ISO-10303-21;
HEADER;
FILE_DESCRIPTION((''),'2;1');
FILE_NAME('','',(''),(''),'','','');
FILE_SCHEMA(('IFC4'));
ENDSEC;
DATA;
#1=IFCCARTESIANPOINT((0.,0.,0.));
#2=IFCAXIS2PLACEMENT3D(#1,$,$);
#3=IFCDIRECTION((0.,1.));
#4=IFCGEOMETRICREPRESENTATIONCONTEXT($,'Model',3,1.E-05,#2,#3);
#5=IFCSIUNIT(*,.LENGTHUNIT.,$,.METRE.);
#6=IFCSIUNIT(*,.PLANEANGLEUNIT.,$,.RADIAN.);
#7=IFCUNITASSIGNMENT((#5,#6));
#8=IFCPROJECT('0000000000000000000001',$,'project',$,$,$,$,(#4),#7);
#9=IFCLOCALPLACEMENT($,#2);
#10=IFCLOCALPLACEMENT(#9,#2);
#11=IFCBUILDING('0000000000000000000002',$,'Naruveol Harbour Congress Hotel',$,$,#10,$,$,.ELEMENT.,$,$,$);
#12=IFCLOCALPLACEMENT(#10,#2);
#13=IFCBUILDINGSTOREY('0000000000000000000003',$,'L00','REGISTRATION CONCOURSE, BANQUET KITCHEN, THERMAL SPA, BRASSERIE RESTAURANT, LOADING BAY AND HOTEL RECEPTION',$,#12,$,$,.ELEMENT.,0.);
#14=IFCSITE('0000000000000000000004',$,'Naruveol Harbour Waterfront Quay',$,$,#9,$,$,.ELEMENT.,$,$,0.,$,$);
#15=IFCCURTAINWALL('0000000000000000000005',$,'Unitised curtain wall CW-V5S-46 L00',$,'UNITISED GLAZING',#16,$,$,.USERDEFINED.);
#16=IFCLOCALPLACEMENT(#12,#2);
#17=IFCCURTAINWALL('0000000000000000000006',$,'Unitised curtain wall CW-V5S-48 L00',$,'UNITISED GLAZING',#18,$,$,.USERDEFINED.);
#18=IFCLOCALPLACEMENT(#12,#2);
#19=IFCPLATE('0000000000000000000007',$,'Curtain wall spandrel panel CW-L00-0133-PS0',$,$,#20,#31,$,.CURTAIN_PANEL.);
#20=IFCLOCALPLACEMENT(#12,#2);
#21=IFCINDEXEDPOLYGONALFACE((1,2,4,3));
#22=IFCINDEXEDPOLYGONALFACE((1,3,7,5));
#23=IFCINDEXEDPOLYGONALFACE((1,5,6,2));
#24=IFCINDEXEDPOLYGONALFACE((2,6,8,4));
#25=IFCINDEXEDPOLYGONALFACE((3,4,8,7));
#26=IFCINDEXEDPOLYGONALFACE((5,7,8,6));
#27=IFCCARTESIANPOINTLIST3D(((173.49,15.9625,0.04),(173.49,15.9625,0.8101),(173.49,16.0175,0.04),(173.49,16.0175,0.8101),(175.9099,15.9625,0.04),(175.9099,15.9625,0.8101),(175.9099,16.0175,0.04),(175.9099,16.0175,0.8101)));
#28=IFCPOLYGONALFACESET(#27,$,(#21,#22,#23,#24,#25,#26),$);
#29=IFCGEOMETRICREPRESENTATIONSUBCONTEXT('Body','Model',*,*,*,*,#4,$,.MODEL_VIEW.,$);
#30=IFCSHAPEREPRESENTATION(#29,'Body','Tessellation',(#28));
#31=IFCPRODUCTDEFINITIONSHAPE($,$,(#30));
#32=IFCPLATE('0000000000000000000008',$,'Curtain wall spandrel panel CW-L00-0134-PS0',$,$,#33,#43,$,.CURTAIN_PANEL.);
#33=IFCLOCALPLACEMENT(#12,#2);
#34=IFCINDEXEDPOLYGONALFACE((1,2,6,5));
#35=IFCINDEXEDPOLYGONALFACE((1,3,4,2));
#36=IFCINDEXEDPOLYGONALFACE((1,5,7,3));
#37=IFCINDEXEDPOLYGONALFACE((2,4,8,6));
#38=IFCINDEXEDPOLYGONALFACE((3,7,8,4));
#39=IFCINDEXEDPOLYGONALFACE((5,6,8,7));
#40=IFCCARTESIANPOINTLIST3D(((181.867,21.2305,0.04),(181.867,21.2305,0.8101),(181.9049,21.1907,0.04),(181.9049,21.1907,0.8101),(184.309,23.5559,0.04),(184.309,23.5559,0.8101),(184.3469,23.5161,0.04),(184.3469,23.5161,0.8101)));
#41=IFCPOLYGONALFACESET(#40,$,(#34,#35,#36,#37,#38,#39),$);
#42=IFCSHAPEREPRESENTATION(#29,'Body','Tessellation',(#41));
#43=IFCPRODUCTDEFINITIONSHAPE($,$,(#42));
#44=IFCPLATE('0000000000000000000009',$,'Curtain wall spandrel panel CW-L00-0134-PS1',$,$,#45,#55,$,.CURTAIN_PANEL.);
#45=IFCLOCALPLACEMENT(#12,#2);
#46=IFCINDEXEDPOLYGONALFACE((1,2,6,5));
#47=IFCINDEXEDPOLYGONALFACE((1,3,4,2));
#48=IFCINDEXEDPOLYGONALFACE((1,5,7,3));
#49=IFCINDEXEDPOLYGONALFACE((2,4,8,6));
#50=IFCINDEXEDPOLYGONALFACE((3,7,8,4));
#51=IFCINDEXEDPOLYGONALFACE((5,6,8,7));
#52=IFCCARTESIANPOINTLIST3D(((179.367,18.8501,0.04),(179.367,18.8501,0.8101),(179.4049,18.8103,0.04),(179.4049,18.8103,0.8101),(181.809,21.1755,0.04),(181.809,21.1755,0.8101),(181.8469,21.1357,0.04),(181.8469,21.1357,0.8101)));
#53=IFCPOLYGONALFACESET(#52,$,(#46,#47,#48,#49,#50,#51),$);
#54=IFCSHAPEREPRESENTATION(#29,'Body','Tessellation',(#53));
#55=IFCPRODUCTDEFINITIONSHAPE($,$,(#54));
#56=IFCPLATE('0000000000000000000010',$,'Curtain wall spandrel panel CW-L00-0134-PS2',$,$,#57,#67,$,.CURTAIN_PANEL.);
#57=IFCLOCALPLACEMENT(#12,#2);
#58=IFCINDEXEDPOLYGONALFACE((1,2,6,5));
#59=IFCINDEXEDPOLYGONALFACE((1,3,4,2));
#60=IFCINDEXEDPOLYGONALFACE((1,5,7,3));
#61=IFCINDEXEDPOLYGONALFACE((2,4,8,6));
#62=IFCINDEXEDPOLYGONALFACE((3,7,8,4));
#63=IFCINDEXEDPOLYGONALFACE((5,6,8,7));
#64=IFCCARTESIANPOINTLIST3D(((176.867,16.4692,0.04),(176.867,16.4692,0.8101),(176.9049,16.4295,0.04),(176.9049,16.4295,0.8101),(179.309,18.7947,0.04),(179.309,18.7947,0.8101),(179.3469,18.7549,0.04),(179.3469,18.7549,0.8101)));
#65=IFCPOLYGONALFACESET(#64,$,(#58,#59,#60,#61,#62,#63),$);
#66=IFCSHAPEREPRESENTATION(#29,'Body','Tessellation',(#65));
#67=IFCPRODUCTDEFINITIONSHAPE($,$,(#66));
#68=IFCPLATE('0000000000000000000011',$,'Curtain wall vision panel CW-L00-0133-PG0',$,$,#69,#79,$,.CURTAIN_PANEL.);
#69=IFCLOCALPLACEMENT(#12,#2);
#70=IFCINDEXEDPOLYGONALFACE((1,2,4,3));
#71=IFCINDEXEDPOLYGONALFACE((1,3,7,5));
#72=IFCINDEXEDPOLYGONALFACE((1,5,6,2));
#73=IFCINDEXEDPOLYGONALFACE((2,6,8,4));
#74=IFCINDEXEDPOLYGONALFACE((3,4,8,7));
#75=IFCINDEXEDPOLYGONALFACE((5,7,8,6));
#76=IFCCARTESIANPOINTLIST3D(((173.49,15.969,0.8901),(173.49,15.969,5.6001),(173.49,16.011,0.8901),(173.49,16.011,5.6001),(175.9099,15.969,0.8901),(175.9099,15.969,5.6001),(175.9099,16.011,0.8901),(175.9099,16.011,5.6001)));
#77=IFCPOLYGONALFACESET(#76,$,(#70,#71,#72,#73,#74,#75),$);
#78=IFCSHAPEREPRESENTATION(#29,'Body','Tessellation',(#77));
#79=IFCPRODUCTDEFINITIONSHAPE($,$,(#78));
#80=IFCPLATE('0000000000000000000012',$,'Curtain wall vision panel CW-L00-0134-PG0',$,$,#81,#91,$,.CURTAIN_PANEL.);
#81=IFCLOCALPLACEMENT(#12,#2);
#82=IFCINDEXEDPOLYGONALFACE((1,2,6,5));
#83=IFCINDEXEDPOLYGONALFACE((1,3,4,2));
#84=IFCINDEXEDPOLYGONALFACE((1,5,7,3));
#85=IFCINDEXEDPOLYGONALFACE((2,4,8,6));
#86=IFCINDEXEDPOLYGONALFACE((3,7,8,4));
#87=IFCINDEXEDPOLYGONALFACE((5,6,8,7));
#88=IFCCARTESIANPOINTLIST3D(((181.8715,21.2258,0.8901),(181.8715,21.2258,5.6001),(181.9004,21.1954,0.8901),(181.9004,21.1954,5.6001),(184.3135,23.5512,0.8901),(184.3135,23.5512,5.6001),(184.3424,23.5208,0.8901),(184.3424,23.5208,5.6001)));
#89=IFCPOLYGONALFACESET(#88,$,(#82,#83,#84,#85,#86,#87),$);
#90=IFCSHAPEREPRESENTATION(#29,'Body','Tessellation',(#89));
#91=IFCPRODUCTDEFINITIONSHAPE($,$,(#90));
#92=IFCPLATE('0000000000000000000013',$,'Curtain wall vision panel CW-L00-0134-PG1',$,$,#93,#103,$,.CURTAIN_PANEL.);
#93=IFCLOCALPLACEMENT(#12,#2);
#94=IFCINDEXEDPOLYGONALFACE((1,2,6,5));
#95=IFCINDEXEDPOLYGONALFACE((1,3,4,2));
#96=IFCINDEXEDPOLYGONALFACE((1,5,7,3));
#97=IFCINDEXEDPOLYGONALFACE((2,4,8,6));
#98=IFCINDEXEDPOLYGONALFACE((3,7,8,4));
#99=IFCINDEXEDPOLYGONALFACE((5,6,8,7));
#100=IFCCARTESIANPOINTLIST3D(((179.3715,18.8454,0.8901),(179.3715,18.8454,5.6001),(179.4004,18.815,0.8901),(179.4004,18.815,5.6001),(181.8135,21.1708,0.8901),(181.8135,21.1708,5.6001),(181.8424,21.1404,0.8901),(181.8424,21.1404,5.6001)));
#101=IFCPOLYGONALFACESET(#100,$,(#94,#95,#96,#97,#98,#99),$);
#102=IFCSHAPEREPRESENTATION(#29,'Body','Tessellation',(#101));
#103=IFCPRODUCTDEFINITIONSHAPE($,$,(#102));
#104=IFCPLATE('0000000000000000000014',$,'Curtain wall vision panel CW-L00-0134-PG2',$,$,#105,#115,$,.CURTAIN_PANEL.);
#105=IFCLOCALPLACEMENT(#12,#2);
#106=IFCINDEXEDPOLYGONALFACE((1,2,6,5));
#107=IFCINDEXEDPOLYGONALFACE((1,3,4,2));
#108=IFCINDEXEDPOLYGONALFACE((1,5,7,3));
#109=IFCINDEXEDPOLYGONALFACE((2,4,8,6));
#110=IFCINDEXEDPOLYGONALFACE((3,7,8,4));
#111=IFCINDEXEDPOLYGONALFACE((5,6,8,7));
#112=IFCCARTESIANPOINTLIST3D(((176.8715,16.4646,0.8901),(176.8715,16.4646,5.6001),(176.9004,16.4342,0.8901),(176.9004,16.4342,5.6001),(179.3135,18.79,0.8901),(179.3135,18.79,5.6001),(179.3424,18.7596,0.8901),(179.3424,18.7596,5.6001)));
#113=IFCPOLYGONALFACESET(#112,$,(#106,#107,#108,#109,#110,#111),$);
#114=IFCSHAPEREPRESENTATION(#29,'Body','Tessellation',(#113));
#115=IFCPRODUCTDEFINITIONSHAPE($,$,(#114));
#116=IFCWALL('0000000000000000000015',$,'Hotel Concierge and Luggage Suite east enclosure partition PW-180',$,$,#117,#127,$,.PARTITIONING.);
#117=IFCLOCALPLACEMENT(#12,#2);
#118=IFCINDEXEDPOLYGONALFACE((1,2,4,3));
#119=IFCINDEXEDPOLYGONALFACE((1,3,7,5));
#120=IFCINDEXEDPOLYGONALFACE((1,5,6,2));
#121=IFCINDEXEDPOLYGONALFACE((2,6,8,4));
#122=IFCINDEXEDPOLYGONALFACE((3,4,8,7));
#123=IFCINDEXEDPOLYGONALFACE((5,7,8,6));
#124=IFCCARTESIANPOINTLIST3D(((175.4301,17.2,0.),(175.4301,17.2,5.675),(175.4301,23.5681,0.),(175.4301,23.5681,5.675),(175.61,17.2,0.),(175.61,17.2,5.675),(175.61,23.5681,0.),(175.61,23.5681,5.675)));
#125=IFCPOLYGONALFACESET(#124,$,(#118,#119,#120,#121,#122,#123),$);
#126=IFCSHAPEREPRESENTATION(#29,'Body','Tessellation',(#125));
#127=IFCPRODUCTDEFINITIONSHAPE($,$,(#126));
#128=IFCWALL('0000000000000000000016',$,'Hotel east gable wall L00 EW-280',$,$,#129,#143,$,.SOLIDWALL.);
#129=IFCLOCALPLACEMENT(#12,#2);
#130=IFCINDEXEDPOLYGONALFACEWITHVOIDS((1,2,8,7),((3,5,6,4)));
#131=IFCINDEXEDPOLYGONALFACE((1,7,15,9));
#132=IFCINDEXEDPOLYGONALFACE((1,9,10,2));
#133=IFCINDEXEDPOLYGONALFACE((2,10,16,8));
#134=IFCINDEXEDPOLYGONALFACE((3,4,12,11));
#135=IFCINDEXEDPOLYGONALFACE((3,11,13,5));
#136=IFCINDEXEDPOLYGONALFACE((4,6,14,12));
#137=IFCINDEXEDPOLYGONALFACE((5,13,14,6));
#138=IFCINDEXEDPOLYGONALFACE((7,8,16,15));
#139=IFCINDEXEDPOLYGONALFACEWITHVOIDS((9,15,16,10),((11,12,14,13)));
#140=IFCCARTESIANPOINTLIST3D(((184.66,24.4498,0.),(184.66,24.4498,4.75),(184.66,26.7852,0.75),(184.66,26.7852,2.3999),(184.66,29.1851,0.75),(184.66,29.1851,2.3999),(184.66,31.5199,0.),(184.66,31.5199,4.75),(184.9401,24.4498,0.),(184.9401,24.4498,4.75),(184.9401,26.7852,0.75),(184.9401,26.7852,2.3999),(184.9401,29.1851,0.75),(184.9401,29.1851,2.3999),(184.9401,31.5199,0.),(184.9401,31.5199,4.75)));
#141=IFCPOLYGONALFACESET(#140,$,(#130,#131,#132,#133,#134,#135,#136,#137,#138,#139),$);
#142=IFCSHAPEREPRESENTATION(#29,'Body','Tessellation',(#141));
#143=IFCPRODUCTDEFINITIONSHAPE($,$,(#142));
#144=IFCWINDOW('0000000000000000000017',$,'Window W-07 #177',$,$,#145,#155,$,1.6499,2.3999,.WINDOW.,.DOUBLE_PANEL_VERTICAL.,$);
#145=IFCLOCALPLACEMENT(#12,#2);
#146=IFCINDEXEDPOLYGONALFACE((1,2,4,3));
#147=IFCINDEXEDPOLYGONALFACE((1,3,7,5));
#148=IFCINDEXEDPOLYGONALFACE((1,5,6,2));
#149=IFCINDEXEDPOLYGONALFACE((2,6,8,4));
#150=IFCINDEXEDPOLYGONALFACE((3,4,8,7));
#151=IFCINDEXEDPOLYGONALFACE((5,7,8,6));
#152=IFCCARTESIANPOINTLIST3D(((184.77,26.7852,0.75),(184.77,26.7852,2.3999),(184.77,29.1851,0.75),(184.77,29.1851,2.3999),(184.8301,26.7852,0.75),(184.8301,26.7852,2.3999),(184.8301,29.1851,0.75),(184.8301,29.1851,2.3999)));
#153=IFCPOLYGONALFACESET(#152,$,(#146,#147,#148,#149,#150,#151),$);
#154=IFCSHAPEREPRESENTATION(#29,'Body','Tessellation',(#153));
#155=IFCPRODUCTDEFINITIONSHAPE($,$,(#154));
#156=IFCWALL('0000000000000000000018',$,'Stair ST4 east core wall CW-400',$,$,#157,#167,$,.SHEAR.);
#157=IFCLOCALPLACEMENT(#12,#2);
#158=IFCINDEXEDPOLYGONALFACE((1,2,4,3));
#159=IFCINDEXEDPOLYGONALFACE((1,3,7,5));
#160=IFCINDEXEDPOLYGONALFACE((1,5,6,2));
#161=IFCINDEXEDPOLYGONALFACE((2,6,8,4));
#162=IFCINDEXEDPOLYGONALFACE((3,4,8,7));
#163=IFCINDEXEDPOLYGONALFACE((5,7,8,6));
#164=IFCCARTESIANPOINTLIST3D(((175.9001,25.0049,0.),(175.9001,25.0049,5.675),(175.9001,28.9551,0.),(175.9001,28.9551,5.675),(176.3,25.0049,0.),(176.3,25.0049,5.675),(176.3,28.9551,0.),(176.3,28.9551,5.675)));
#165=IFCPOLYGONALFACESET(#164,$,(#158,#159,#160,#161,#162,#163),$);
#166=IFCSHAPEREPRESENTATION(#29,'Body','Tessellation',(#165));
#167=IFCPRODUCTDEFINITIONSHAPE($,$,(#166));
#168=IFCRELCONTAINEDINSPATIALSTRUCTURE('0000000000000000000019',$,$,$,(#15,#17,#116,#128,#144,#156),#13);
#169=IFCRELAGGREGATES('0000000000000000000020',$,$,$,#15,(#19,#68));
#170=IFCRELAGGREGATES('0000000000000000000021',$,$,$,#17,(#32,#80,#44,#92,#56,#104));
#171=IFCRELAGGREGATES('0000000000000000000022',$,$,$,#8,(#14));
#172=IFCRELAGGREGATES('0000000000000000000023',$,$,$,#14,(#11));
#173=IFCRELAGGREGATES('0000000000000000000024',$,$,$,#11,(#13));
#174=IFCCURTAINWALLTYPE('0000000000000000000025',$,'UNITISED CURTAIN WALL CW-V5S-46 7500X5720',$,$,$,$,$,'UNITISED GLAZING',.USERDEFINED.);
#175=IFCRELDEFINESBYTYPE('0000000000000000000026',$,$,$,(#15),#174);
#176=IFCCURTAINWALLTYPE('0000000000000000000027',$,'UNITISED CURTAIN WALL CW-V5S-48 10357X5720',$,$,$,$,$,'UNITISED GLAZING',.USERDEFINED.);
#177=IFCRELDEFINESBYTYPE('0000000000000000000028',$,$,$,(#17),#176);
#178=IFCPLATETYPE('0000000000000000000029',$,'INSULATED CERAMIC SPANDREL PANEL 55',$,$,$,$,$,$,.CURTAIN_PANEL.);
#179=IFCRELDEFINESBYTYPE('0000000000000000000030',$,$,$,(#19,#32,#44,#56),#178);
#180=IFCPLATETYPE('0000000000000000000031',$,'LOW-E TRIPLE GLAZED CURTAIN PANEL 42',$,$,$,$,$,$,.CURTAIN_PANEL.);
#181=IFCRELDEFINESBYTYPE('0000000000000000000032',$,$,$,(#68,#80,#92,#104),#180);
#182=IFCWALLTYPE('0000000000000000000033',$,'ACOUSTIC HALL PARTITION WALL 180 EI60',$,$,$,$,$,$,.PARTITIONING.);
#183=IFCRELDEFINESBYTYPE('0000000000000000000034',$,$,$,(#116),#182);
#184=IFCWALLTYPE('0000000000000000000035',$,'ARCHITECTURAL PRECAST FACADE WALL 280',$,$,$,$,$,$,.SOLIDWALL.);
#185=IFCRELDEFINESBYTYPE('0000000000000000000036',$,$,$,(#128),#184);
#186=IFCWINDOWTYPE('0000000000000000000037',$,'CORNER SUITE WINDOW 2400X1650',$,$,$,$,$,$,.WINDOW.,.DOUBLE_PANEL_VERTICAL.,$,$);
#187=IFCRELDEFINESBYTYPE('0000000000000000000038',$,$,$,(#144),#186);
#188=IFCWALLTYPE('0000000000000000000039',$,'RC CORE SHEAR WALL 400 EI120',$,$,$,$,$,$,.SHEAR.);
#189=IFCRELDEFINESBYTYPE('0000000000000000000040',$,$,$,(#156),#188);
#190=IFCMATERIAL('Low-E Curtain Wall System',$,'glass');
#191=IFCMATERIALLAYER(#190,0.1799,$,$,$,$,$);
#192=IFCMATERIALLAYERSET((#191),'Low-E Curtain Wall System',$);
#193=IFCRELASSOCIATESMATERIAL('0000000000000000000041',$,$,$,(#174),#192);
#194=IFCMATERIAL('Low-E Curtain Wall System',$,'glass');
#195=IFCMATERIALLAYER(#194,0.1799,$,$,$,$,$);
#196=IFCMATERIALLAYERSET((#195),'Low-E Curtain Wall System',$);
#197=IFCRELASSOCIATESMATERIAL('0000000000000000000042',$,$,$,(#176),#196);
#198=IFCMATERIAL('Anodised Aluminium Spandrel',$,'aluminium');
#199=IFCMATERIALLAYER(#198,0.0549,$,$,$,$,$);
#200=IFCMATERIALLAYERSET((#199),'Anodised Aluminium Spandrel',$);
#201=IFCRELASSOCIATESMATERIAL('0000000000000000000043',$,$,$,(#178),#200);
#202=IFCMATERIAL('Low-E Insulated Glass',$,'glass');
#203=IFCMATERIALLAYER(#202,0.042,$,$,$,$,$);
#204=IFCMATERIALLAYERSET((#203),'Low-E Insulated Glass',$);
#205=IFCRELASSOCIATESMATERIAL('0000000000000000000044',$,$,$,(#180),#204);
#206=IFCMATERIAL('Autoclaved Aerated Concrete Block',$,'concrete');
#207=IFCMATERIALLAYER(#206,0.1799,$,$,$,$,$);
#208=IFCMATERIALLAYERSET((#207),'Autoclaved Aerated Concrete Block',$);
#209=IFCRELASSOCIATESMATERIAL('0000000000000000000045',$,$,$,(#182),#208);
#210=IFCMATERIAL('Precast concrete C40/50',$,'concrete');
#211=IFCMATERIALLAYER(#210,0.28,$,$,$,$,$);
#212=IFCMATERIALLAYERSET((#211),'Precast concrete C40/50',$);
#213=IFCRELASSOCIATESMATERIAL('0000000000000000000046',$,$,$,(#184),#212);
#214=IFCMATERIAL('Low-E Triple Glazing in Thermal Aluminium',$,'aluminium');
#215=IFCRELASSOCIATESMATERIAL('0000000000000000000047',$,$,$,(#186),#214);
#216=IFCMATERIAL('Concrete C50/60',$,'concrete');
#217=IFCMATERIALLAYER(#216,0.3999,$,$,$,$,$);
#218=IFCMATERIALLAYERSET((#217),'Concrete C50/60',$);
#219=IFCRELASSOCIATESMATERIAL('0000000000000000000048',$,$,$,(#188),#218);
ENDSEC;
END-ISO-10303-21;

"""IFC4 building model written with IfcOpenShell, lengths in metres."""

from ifc_helpers import new_model, si_unit, direction, frame, frame_2d, origin, origin_2d, place, context, subcontext, project, spatial, rectangle, extrude, material, layer, layer_set, type_object, element, fill, aggregate, save


model = new_model("IFC4")

# Units and contexts
model_context = context("Model", 3, precision=1e-05, world=origin(), true_north=direction((0.0, 1.0)))
body_context = subcontext(model_context, "Body", "Model", "MODEL_VIEW")
ifc_project = project(units=[si_unit("LENGTHUNIT", "METRE"), si_unit("PLANEANGLEUNIT", "RADIAN")], contexts=[model_context])

# Site, building, storey
site_placement = place(None, origin())
site = spatial("IfcSite", under=ifc_project, at=site_placement, Name="Naruveol Harbour Waterfront Quay", CompositionType="ELEMENT", RefElevation=0.0)
building_placement = place(site_placement, origin())
building = spatial("IfcBuilding", under=site, at=building_placement, Name="Naruveol Harbour Congress Hotel", CompositionType="ELEMENT")
storey_placement = place(building_placement, origin())
storey = spatial("IfcBuildingStorey", under=building, at=storey_placement, Name="L00", Description="REGISTRATION CONCOURSE, BANQUET KITCHEN, THERMAL SPA, BRASSERIE RESTAURANT, LOADING BAY AND HOTEL RECEPTION", CompositionType="ELEMENT", Elevation=0.0)

# Curtain wall
ifc_material_1 = material(Name="Low-E Curtain Wall System", Category="glass")
ifc_layer_1 = layer(ifc_material_1, 0.1799)
ifc_layer_set_1 = layer_set([ifc_layer_1], Name="Low-E Curtain Wall System")
curtain_wall_type_1 = type_object("IfcCurtainWallType", Name="UNITISED CURTAIN WALL CW-V5S-46 7500X5720", ElementType="UNITISED GLAZING", PredefinedType="USERDEFINED", material=ifc_layer_set_1)
curtain_wall_1_placement = place(storey_placement, origin())
curtain_wall_1 = element("IfcCurtainWall", 1, at=curtain_wall_1_placement, inside=storey, type_object=curtain_wall_type_1, Name="Unitised curtain wall CW-V5S-46 L00", ObjectType="UNITISED GLAZING", PredefinedType="USERDEFINED")

# Curtain wall
ifc_material_2 = material(Name="Low-E Curtain Wall System", Category="glass")
ifc_layer_2 = layer(ifc_material_2, 0.1799)
ifc_layer_set_2 = layer_set([ifc_layer_2], Name="Low-E Curtain Wall System")
curtain_wall_type_2 = type_object("IfcCurtainWallType", Name="UNITISED CURTAIN WALL CW-V5S-48 10357X5720", ElementType="UNITISED GLAZING", PredefinedType="USERDEFINED", material=ifc_layer_set_2)
curtain_wall_2_placement = place(storey_placement, origin())
curtain_wall_2 = element("IfcCurtainWall", 2, at=curtain_wall_2_placement, inside=storey, type_object=curtain_wall_type_2, Name="Unitised curtain wall CW-V5S-48 L00", ObjectType="UNITISED GLAZING", PredefinedType="USERDEFINED")

# Plates
ifc_material_3 = material(Name="Anodised Aluminium Spandrel", Category="aluminium")
ifc_layer_3 = layer(ifc_material_3, 0.0549)
ifc_layer_set_3 = layer_set([ifc_layer_3], Name="Anodised Aluminium Spandrel")
plate_type_1 = type_object("IfcPlateType", Name="INSULATED CERAMIC SPANDREL PANEL 55", PredefinedType="CURTAIN_PANEL", material=ifc_layer_set_3)
plate_1_placement = place(storey_placement, frame((174.7, 15.99, 0.04), z_axis=(0.0, 0.0, 1.0), x_axis=(-1.0, 0.0, 0.0)))
plate_1 = element("IfcPlate", 3, at=plate_1_placement, type_object=plate_type_1, Name="Curtain wall spandrel panel CW-L00-0133-PS0", PredefinedType="CURTAIN_PANEL", context=body_context, shape_type="SweptSolid", body=[
    extrude(rectangle(XDim=2.4199, YDim=0.0549, at=origin_2d()), origin(), (0.0, 0.0, 1.0), 0.77),
])
plate_2_placement = place(storey_placement, frame((183.1069, 22.3733, 0.04), z_axis=(0.0, 0.0, 1.0), x_axis=(-0.724184, -0.689607, 0.0)))
plate_2 = element("IfcPlate", 4, at=plate_2_placement, type_object=plate_type_1, Name="Curtain wall spandrel panel CW-L00-0134-PS0", PredefinedType="CURTAIN_PANEL", context=body_context, shape_type="SweptSolid", body=[
    extrude(rectangle(XDim=3.3721, YDim=0.0549, at=origin_2d()), origin(), (0.0, 0.0, 1.0), 0.77),
])
plate_3_placement = place(storey_placement, frame((180.6069, 19.9929, 0.04), z_axis=(0.0, 0.0, 1.0), x_axis=(-0.724184, -0.689607, 0.0)))
plate_3 = element("IfcPlate", 5, at=plate_3_placement, type_object=plate_type_1, Name="Curtain wall spandrel panel CW-L00-0134-PS1", PredefinedType="CURTAIN_PANEL", context=body_context, shape_type="SweptSolid", body=[
    extrude(rectangle(XDim=3.3721, YDim=0.0549, at=origin_2d()), origin(), (0.0, 0.0, 1.0), 0.77),
])
plate_4_placement = place(storey_placement, frame((178.1069, 17.6121, 0.04), z_axis=(0.0, 0.0, 1.0), x_axis=(-0.724184, -0.689607, 0.0)))
plate_4 = element("IfcPlate", 6, at=plate_4_placement, type_object=plate_type_1, Name="Curtain wall spandrel panel CW-L00-0134-PS2", PredefinedType="CURTAIN_PANEL", context=body_context, shape_type="SweptSolid", body=[
    extrude(rectangle(XDim=3.3721, YDim=0.0549, at=origin_2d()), origin(), (0.0, 0.0, 1.0), 0.77),
])
ifc_material_4 = material(Name="Low-E Insulated Glass", Category="glass")
ifc_layer_4 = layer(ifc_material_4, 0.042)
ifc_layer_set_4 = layer_set([ifc_layer_4], Name="Low-E Insulated Glass")
plate_type_2 = type_object("IfcPlateType", Name="LOW-E TRIPLE GLAZED CURTAIN PANEL 42", PredefinedType="CURTAIN_PANEL", material=ifc_layer_set_4)
plate_5_placement = place(storey_placement, frame((174.7, 15.99, 0.8901), z_axis=(0.0, 0.0, 1.0), x_axis=(-1.0, 0.0, 0.0)))
plate_5 = element("IfcPlate", 7, at=plate_5_placement, type_object=plate_type_2, Name="Curtain wall vision panel CW-L00-0133-PG0", PredefinedType="CURTAIN_PANEL", context=body_context, shape_type="SweptSolid", body=[
    extrude(rectangle(XDim=2.4199, YDim=0.042, at=origin_2d()), origin(), (0.0, 0.0, 1.0), 4.71),
])
aggregate(curtain_wall_1, [plate_1, plate_5])
plate_6_placement = place(storey_placement, frame((183.1069, 22.3733, 0.8901), z_axis=(0.0, 0.0, 1.0), x_axis=(-0.724184, -0.689607, 0.0)))
plate_6 = element("IfcPlate", 8, at=plate_6_placement, type_object=plate_type_2, Name="Curtain wall vision panel CW-L00-0134-PG0", PredefinedType="CURTAIN_PANEL", context=body_context, shape_type="SweptSolid", body=[
    extrude(rectangle(XDim=3.3721, YDim=0.042, at=origin_2d()), origin(), (0.0, 0.0, 1.0), 4.71),
])
plate_7_placement = place(storey_placement, frame((180.6069, 19.9929, 0.8901), z_axis=(0.0, 0.0, 1.0), x_axis=(-0.724184, -0.689607, 0.0)))
plate_7 = element("IfcPlate", 9, at=plate_7_placement, type_object=plate_type_2, Name="Curtain wall vision panel CW-L00-0134-PG1", PredefinedType="CURTAIN_PANEL", context=body_context, shape_type="SweptSolid", body=[
    extrude(rectangle(XDim=3.3721, YDim=0.042, at=origin_2d()), origin(), (0.0, 0.0, 1.0), 4.71),
])
plate_8_placement = place(storey_placement, frame((178.1069, 17.6121, 0.8901), z_axis=(0.0, 0.0, 1.0), x_axis=(-0.724184, -0.689607, 0.0)))
plate_8 = element("IfcPlate", 10, at=plate_8_placement, type_object=plate_type_2, Name="Curtain wall vision panel CW-L00-0134-PG2", PredefinedType="CURTAIN_PANEL", context=body_context, shape_type="SweptSolid", body=[
    extrude(rectangle(XDim=3.3721, YDim=0.042, at=origin_2d()), origin(), (0.0, 0.0, 1.0), 4.71),
])
aggregate(curtain_wall_2, [plate_2, plate_6, plate_3, plate_7, plate_4, plate_8])

# Wall
ifc_material_5 = material(Name="Autoclaved Aerated Concrete Block", Category="concrete")
ifc_layer_5 = layer(ifc_material_5, 0.1799)
ifc_layer_set_5 = layer_set([ifc_layer_5], Name="Autoclaved Aerated Concrete Block")
wall_type_1 = type_object("IfcWallType", Name="ACOUSTIC HALL PARTITION WALL 180 EI60", PredefinedType="PARTITIONING", material=ifc_layer_set_5)
wall_1_placement = place(storey_placement, frame((175.52, 17.2, 0.0), z_axis=(0.0, 0.0, 1.0), x_axis=(0.0, 1.0, 0.0)))
element("IfcWall", 11, at=wall_1_placement, inside=storey, type_object=wall_type_1, Name="Hotel Concierge and Luggage Suite east enclosure partition PW-180", PredefinedType="PARTITIONING", context=body_context, shape_type="SweptSolid", body=[
    extrude(rectangle(XDim=6.3682, YDim=0.1799, at=frame_2d((3.1841, 0.0))), origin(), (0.0, 0.0, 1.0), 5.675),
])

# Wall, opening, window
ifc_material_6 = material(Name="Precast concrete C40/50", Category="concrete")
ifc_layer_6 = layer(ifc_material_6, 0.28)
ifc_layer_set_6 = layer_set([ifc_layer_6], Name="Precast concrete C40/50")
wall_type_2 = type_object("IfcWallType", Name="ARCHITECTURAL PRECAST FACADE WALL 280", PredefinedType="SOLIDWALL", material=ifc_layer_set_6)
wall_2_placement = place(storey_placement, frame((184.8, 31.52, 0.0), z_axis=(0.0, 0.0, 1.0), x_axis=(0.0, -1.0, 0.0)))
wall_2 = element("IfcWall", 12, at=wall_2_placement, inside=storey, type_object=wall_type_2, Name="Hotel east gable wall L00 EW-280", PredefinedType="SOLIDWALL", context=body_context, shape_type="SweptSolid", body=[
    extrude(rectangle(XDim=7.0701, YDim=0.28, at=frame_2d((3.5352, 0.0))), origin(), (0.0, 0.0, 1.0), 4.75),
])
opening_placement = place(wall_2_placement, frame((2.335, 0.0, 0.75)))
opening = element("IfcOpeningElement", 13, at=opening_placement, cuts=wall_2, PredefinedType="OPENING", context=body_context, shape_type="SweptSolid", body=[
    extrude(rectangle(XDim=2.3999, YDim=1.6499, at=frame_2d((1.2, 0.825))), frame((0.0, 0.1499, 0.0), z_axis=(0.0, -1.0, 0.0), x_axis=(1.0, 0.0, 0.0)), (0.0, 0.0, 1.0), 0.3),
])
ifc_material_7 = material(Name="Low-E Triple Glazing in Thermal Aluminium", Category="aluminium")
window_type = type_object("IfcWindowType", Name="CORNER SUITE WINDOW 2400X1650", PartitioningType="DOUBLE_PANEL_VERTICAL", PredefinedType="WINDOW", material=ifc_material_7)
window_placement = place(opening_placement, origin())
window = element("IfcWindow", 14, at=window_placement, inside=storey, type_object=window_type, Name="Window W-07 #177", OverallHeight=1.6499, OverallWidth=2.3999, PartitioningType="DOUBLE_PANEL_VERTICAL", PredefinedType="WINDOW", context=body_context, shape_type="SweptSolid", body=[
    extrude(rectangle(XDim=2.3999, YDim=1.6499, at=frame_2d((1.2, 0.825))), frame((0.0, 0.03, 0.0), z_axis=(0.0, -1.0, 0.0), x_axis=(1.0, 0.0, 0.0)), (0.0, 0.0, 1.0), 0.0601),
])
fill(opening, window)

# Wall
ifc_material_8 = material(Name="Concrete C50/60", Category="concrete")
ifc_layer_7 = layer(ifc_material_8, 0.3999)
ifc_layer_set_7 = layer_set([ifc_layer_7], Name="Concrete C50/60")
wall_type_3 = type_object("IfcWallType", Name="RC CORE SHEAR WALL 400 EI120", PredefinedType="SHEAR", material=ifc_layer_set_7)
wall_3_placement = place(storey_placement, frame((176.1001, 25.0049, 0.0), z_axis=(0.0, 0.0, 1.0), x_axis=(0.0, 1.0, 0.0)))
element("IfcWall", 15, at=wall_3_placement, inside=storey, type_object=wall_type_3, Name="Stair ST4 east core wall CW-400", PredefinedType="SHEAR", context=body_context, shape_type="SweptSolid", body=[
    extrude(rectangle(XDim=3.9502, YDim=0.3999, at=frame_2d((1.9751, 0.0))), origin(), (0.0, 0.0, 1.0), 5.675),
])

save(model, "model.ifc")
